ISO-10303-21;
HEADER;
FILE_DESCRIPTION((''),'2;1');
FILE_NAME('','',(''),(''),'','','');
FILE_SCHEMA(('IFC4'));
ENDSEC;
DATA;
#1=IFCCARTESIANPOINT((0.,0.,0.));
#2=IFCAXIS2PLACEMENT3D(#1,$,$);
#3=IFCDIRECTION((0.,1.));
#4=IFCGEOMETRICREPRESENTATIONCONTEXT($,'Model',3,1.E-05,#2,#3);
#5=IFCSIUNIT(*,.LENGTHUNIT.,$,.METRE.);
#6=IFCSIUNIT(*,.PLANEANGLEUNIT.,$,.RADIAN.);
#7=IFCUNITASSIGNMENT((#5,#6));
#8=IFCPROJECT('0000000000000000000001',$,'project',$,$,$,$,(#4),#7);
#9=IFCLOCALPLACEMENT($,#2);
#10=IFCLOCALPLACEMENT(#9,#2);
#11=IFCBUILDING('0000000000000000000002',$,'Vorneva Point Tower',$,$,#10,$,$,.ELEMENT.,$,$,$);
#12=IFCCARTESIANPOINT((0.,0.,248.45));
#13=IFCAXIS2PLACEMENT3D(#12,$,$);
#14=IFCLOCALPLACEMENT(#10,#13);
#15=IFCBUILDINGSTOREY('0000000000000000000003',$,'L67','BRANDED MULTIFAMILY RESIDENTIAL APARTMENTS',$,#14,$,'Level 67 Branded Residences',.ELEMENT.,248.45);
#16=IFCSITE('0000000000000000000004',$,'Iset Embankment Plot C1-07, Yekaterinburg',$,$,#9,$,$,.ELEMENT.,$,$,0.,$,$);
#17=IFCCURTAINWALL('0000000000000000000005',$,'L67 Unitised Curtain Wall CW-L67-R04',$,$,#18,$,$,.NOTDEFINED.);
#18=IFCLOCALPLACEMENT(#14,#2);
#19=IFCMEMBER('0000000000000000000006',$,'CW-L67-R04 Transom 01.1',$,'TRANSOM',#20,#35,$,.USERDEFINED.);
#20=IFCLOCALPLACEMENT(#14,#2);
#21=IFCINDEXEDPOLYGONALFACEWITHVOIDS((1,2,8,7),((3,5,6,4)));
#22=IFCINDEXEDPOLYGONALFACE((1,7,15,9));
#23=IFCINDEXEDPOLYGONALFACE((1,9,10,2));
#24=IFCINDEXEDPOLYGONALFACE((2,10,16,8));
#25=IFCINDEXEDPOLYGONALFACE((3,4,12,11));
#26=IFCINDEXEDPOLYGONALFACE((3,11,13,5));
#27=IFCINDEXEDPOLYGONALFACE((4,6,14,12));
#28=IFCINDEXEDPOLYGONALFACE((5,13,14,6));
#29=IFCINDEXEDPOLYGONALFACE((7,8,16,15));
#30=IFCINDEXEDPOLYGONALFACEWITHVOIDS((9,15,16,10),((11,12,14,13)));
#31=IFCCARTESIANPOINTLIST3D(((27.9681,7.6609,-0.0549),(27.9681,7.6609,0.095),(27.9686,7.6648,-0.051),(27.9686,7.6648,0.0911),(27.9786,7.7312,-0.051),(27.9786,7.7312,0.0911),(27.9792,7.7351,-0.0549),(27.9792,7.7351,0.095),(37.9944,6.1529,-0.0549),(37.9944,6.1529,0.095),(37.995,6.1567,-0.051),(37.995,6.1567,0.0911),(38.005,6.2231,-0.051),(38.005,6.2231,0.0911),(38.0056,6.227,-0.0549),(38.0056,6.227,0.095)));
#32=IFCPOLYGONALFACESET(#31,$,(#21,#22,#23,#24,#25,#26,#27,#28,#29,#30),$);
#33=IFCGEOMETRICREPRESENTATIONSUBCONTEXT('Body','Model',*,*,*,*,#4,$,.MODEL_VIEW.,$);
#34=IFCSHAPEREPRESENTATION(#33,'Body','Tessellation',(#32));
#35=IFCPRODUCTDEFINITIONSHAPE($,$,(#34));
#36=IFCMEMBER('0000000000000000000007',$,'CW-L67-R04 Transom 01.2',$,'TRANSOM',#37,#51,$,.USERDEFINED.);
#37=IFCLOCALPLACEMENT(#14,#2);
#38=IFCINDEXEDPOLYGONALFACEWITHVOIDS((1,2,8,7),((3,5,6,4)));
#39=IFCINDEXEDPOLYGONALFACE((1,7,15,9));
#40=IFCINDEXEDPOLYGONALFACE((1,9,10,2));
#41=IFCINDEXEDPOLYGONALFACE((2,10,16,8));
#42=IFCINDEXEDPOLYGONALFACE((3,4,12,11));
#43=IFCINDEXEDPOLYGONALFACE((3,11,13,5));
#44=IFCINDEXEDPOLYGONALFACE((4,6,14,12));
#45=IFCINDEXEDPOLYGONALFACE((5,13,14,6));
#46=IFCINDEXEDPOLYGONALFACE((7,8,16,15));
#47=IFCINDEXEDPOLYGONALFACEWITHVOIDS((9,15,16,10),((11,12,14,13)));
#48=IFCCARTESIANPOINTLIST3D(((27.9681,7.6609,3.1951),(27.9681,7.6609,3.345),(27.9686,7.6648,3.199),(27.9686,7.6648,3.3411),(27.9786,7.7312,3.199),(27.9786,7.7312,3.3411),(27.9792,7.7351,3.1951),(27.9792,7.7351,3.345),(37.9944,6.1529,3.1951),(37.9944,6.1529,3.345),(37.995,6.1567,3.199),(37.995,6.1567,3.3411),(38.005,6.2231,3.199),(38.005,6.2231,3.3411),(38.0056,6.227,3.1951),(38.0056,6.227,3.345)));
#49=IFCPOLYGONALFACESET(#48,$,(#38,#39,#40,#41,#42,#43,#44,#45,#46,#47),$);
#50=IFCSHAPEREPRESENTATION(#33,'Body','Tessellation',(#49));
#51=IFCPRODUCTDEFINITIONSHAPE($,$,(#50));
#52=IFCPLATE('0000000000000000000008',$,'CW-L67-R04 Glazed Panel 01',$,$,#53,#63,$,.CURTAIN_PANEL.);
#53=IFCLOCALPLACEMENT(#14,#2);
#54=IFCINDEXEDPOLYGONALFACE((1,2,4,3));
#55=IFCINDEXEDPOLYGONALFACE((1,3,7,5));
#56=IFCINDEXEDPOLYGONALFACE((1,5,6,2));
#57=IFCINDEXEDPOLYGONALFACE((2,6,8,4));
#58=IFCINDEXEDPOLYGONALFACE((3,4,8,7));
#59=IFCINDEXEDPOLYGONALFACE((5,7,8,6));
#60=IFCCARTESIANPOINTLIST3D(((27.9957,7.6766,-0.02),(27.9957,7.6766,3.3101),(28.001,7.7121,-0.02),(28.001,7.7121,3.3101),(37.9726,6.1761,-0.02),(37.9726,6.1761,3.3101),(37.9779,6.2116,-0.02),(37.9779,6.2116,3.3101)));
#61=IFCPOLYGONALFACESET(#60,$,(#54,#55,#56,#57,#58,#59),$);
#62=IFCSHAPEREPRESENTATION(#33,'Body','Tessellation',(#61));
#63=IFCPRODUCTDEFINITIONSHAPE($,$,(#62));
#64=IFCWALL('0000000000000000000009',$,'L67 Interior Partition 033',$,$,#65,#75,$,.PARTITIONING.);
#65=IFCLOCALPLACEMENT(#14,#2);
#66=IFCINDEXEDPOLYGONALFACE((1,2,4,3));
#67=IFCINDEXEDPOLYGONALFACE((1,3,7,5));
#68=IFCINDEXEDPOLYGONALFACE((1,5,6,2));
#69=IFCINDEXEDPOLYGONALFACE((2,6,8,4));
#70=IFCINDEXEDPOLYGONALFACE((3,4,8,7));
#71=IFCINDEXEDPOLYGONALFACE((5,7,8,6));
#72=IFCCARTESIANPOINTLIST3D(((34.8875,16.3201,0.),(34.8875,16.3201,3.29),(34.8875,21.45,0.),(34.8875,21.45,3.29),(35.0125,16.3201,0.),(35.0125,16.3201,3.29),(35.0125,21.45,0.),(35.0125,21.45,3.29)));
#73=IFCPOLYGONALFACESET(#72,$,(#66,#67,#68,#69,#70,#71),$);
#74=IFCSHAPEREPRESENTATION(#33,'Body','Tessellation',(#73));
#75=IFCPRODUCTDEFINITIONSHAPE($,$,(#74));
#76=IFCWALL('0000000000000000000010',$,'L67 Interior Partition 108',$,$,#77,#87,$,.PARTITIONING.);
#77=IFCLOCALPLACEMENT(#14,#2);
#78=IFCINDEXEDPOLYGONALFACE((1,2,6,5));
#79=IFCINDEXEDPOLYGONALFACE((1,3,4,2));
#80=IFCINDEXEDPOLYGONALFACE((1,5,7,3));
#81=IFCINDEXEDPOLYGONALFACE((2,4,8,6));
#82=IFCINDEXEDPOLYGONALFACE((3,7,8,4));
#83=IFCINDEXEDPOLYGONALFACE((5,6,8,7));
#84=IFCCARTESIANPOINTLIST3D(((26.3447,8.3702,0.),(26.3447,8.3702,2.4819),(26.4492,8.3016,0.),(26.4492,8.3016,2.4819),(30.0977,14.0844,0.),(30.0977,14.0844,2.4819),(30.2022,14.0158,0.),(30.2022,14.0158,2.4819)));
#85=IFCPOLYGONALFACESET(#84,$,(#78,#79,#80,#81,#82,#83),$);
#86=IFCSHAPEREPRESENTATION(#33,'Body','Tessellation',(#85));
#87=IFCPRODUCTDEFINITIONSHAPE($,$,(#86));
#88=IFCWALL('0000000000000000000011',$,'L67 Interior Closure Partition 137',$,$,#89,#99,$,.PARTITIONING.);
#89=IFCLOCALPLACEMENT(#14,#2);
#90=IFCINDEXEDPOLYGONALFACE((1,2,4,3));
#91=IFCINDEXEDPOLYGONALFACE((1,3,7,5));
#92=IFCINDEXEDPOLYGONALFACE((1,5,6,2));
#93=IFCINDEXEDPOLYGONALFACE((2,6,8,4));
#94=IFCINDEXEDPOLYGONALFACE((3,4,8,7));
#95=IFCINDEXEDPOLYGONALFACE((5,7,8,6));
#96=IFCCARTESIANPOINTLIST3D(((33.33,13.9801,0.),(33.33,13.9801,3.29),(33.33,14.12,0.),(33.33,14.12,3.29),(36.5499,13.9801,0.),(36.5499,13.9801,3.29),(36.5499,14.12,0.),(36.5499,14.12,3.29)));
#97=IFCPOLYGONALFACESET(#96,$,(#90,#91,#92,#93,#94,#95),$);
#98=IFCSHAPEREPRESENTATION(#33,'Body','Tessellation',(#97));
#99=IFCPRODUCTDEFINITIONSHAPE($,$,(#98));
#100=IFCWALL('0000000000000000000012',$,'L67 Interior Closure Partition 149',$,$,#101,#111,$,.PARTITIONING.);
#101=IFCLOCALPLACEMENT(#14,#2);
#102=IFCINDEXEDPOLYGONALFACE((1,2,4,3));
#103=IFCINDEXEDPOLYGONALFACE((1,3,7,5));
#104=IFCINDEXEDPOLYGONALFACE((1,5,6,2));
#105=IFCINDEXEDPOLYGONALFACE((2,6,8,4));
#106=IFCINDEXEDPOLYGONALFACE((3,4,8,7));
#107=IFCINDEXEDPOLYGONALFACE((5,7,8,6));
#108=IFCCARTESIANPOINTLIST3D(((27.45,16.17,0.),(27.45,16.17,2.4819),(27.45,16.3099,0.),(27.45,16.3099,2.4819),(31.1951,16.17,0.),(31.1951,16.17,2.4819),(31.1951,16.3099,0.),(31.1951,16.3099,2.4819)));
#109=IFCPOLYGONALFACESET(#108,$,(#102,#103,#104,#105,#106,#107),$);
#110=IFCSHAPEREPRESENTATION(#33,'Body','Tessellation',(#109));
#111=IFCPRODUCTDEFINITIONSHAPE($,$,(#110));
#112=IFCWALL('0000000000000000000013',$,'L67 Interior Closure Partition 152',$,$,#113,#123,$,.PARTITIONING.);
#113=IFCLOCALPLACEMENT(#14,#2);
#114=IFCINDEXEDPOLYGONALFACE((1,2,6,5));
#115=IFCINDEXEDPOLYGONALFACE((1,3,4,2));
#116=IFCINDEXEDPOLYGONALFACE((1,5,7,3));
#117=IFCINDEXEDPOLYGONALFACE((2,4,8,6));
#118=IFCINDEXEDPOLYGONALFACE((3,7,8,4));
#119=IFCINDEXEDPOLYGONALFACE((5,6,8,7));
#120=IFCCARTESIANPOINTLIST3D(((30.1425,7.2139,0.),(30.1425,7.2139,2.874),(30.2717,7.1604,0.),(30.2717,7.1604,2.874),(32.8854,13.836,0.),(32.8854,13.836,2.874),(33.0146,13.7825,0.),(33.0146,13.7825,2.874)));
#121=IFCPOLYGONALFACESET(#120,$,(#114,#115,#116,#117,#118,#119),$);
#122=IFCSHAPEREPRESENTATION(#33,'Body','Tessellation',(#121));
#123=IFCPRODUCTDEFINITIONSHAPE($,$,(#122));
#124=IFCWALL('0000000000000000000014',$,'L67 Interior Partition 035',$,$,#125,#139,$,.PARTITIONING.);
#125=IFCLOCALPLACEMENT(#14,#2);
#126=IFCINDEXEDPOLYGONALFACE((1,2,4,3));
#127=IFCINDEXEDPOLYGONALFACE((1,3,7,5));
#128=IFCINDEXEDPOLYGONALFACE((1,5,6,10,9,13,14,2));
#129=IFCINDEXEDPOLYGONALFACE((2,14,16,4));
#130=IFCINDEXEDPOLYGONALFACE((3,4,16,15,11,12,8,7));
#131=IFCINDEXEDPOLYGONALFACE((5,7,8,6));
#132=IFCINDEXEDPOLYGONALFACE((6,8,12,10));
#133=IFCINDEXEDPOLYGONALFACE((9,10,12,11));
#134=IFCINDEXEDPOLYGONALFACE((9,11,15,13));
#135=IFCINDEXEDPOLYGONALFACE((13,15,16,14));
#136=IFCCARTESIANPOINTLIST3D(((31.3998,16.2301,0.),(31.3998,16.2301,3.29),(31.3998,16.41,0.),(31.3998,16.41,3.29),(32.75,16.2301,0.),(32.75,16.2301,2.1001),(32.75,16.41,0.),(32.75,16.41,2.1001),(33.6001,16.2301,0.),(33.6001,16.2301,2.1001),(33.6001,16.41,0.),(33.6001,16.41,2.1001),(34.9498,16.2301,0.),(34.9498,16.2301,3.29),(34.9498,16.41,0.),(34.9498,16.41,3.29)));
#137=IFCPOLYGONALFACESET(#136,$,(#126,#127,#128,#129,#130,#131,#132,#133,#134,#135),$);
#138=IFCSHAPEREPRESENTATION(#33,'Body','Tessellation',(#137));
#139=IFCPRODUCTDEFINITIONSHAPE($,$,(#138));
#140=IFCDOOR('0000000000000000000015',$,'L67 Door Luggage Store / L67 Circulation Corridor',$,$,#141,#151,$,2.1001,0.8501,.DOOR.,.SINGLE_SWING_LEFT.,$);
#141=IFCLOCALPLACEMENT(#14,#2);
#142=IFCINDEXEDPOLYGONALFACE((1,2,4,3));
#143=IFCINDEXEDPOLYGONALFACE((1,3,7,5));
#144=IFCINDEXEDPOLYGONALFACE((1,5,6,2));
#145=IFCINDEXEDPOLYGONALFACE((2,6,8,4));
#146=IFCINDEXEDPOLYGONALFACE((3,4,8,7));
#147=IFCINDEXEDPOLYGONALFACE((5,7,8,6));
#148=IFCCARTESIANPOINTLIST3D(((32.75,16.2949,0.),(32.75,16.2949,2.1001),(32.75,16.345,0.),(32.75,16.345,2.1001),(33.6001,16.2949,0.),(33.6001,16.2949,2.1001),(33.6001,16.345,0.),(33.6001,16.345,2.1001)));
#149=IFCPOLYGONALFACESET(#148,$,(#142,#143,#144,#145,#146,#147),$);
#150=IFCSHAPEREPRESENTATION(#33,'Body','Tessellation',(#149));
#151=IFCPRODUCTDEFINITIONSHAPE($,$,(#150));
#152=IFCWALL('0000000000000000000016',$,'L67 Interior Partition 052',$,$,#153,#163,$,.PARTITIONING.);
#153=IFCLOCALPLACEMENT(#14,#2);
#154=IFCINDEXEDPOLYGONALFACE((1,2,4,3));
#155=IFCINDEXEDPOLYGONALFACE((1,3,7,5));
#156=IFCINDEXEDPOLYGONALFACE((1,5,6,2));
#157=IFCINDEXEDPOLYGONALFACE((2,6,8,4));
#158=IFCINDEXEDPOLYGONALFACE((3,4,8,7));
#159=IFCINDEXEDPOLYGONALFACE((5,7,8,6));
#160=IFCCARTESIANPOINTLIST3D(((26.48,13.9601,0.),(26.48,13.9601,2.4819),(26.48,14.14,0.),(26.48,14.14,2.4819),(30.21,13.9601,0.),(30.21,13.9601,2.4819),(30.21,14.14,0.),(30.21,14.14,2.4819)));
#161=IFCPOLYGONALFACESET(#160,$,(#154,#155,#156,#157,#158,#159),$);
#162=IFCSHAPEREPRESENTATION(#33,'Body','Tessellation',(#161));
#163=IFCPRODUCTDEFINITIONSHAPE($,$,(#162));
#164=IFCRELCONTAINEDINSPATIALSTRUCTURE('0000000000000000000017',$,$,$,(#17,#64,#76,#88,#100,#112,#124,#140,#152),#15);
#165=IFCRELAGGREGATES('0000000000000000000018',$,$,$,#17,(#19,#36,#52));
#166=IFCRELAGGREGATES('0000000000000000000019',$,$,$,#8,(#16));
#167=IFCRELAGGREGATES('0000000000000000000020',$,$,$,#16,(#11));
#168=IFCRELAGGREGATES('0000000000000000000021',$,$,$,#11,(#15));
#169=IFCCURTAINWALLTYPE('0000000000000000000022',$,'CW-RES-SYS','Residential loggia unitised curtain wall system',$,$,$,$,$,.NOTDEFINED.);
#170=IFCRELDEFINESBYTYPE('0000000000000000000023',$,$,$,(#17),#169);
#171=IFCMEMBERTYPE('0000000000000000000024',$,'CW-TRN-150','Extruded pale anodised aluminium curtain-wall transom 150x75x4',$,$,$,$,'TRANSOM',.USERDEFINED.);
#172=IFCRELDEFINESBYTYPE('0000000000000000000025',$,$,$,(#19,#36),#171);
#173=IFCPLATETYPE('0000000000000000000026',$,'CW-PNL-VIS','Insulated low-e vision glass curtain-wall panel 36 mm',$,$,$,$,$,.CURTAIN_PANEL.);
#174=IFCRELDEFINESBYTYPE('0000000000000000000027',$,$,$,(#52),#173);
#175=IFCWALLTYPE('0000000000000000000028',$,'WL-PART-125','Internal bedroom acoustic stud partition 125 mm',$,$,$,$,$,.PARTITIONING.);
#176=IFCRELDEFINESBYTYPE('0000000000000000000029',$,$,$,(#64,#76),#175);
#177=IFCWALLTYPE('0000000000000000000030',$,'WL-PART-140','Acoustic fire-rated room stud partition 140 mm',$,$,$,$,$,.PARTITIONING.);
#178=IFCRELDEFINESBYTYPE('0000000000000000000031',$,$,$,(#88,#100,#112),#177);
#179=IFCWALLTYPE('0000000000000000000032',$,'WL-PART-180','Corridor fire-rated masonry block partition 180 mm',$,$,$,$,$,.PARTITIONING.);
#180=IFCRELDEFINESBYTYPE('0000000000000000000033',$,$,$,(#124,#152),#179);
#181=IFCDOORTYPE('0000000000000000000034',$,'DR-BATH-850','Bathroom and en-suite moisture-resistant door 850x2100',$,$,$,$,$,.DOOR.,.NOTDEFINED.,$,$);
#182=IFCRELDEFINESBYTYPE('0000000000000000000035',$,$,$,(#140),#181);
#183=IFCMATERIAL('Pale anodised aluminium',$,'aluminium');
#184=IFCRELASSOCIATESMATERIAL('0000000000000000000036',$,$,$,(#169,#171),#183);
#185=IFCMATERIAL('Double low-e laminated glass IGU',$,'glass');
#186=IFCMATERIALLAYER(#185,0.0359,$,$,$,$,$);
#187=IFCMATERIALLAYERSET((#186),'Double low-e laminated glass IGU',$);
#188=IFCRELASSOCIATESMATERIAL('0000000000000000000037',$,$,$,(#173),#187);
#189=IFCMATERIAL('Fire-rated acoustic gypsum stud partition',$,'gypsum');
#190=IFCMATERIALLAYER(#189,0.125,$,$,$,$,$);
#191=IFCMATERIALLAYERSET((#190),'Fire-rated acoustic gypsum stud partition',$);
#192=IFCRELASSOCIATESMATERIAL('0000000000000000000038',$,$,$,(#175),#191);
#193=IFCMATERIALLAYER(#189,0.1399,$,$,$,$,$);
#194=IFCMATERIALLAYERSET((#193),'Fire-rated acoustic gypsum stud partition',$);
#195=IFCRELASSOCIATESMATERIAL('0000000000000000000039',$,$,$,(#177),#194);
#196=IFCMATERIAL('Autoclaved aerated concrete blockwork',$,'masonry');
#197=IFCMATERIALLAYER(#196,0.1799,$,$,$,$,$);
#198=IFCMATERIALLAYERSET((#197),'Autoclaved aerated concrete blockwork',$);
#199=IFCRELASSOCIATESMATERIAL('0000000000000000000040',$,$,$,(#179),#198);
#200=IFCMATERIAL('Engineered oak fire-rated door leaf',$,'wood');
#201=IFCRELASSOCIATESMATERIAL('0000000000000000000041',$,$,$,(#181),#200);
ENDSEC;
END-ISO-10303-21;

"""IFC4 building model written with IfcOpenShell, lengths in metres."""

from ifc_helpers import new_model, si_unit, direction, frame, frame_2d, origin, origin_2d, place, context, subcontext, project, spatial, rectangle, hollow_rectangle, extrude, material, layer, layer_set, material_profile, profile_set, type_object, element, fill, aggregate, save


model = new_model("IFC4")

# Units and contexts
model_context = context("Model", 3, precision=1e-05, world=origin(), true_north=direction((0.0, 1.0)))
body_context = subcontext(model_context, "Body", "Model", "MODEL_VIEW")
ifc_project = project(units=[si_unit("LENGTHUNIT", "METRE"), si_unit("PLANEANGLEUNIT", "RADIAN")], contexts=[model_context])

# Site, building, storey
site_placement = place(None, origin())
site = spatial("IfcSite", under=ifc_project, at=site_placement, Name="Iset Embankment Plot C1-07, Yekaterinburg", CompositionType="ELEMENT", RefElevation=0.0)
building_placement = place(site_placement, origin())
building = spatial("IfcBuilding", under=site, at=building_placement, Name="Vorneva Point Tower", CompositionType="ELEMENT")
storey_placement = place(building_placement, frame((0.0, 0.0, 248.45)))
storey = spatial("IfcBuildingStorey", under=building, at=storey_placement, Name="L67", Description="BRANDED MULTIFAMILY RESIDENTIAL APARTMENTS", LongName="Level 67 Branded Residences", CompositionType="ELEMENT", Elevation=248.45)

# Curtain wall, members, plate
ifc_material_1 = material(Name="Pale anodised aluminium", Category="aluminium")
curtain_wall_type = type_object("IfcCurtainWallType", Name="CW-RES-SYS", Description="Residential loggia unitised curtain wall system", PredefinedType="NOTDEFINED", material=ifc_material_1)
curtain_wall_placement = place(storey_placement, origin())
curtain_wall = element("IfcCurtainWall", 1, at=curtain_wall_placement, inside=storey, type_object=curtain_wall_type, Name="L67 Unitised Curtain Wall CW-L67-R04", PredefinedType="NOTDEFINED")
ifc_material_profile_1 = material_profile(ifc_material_1, hollow_rectangle(XDim=0.075, YDim=0.1499, WallThickness=0.0039, at=origin_2d()), Name="AL-TRN 150x75x4")
ifc_profile_set_1 = profile_set([ifc_material_profile_1], Name="Pale anodised aluminium")
member_type_1 = type_object("IfcMemberType", Name="CW-TRN-150", Description="Extruded pale anodised aluminium curtain-wall transom 150x75x4", ElementType="TRANSOM", PredefinedType="USERDEFINED", material=ifc_profile_set_1)
member_1_placement = place(storey_placement, frame((27.9736, 7.698, 0.02), z_axis=(0.988877, -0.148736, 0.0), x_axis=(0.148736, 0.988877, 0.0)))
member_1 = element("IfcMember", 2, at=member_1_placement, type_object=member_type_1, Name="CW-L67-R04 Transom 01.1", ObjectType="TRANSOM", PredefinedType="USERDEFINED", context=body_context, shape_type="SweptSolid", body=[
    extrude(hollow_rectangle(XDim=0.075, YDim=0.1499, WallThickness=0.0039, at=origin_2d()), origin(), (0.0, 0.0, 1.0), 10.1392),
])
member_2_placement = place(storey_placement, frame((27.9736, 7.698, 3.27), z_axis=(0.988877, -0.148736, 0.0), x_axis=(0.148736, 0.988877, 0.0)))
member_2 = element("IfcMember", 3, at=member_2_placement, type_object=member_type_1, Name="CW-L67-R04 Transom 01.2", ObjectType="TRANSOM", PredefinedType="USERDEFINED", context=body_context, shape_type="SweptSolid", body=[
    extrude(hollow_rectangle(XDim=0.075, YDim=0.1499, WallThickness=0.0039, at=origin_2d()), origin(), (0.0, 0.0, 1.0), 10.1392),
])
ifc_material_2 = material(Name="Double low-e laminated glass IGU", Category="glass")
ifc_layer_1 = layer(ifc_material_2, 0.0359)
ifc_layer_set_1 = layer_set([ifc_layer_1], Name="Double low-e laminated glass IGU")
plate_type = type_object("IfcPlateType", Name="CW-PNL-VIS", Description="Insulated low-e vision glass curtain-wall panel 36 mm", PredefinedType="CURTAIN_PANEL", material=ifc_layer_set_1)
plate_placement = place(storey_placement, frame((32.9868, 6.9441, -0.02), z_axis=(0.0, 0.0, 1.0), x_axis=(0.988879, -0.148724, 0.0)))
plate = element("IfcPlate", 4, at=plate_placement, type_object=plate_type, Name="CW-L67-R04 Glazed Panel 01", PredefinedType="CURTAIN_PANEL", context=body_context, shape_type="SweptSolid", body=[
    extrude(rectangle(XDim=10.0891, YDim=0.0359, at=origin_2d()), origin(), (0.0, 0.0, 1.0), 3.3301),
])
aggregate(curtain_wall, [member_1, member_2, plate])

# Walls
ifc_material_3 = material(Name="Fire-rated acoustic gypsum stud partition", Category="gypsum")
ifc_layer_2 = layer(ifc_material_3, 0.125)
ifc_layer_set_2 = layer_set([ifc_layer_2], Name="Fire-rated acoustic gypsum stud partition")
wall_type_1 = type_object("IfcWallType", Name="WL-PART-125", Description="Internal bedroom acoustic stud partition 125 mm", PredefinedType="PARTITIONING", material=ifc_layer_set_2)
wall_1_placement = place(storey_placement, frame((34.95, 16.3201, 0.0), z_axis=(0.0, 0.0, 1.0), x_axis=(0.0, 1.0, 0.0)))
element("IfcWall", 5, at=wall_1_placement, inside=storey, type_object=wall_type_1, Name="L67 Interior Partition 033", PredefinedType="PARTITIONING", context=body_context, shape_type="SweptSolid", body=[
    extrude(rectangle(XDim=5.1299, YDim=0.125, at=frame_2d((2.5649, 0.0))), origin(), (0.0, 0.0, 1.0), 3.29),
])
wall_2_placement = place(storey_placement, frame((26.397, 8.3359, 0.0), z_axis=(0.0, 0.0, 1.0), x_axis=(0.548968, 0.835844, 0.0)))
element("IfcWall", 6, at=wall_2_placement, inside=storey, type_object=wall_type_1, Name="L67 Interior Partition 108", PredefinedType="PARTITIONING", context=body_context, shape_type="SweptSolid", body=[
    extrude(rectangle(XDim=6.8364, YDim=0.125, at=frame_2d((3.4182, 0.0))), origin(), (0.0, 0.0, 1.0), 2.4819),
])
ifc_layer_3 = layer(ifc_material_3, 0.1399)
ifc_layer_set_3 = layer_set([ifc_layer_3], Name="Fire-rated acoustic gypsum stud partition")
wall_type_2 = type_object("IfcWallType", Name="WL-PART-140", Description="Acoustic fire-rated room stud partition 140 mm", PredefinedType="PARTITIONING", material=ifc_layer_set_3)
wall_3_placement = place(storey_placement, frame((33.3301, 14.05, 0.0), z_axis=(0.0, 0.0, 1.0), x_axis=(1.0, 0.0, 0.0)))
element("IfcWall", 7, at=wall_3_placement, inside=storey, type_object=wall_type_2, Name="L67 Interior Closure Partition 137", PredefinedType="PARTITIONING", context=body_context, shape_type="SweptSolid", body=[
    extrude(rectangle(XDim=3.22, YDim=0.1399, at=frame_2d((1.6099, 0.0))), origin(), (0.0, 0.0, 1.0), 3.29),
])
wall_4_placement = place(storey_placement, frame((27.45, 16.24, 0.0), z_axis=(0.0, 0.0, 1.0), x_axis=(1.0, 0.0, 0.0)))
element("IfcWall", 8, at=wall_4_placement, inside=storey, type_object=wall_type_2, Name="L67 Interior Closure Partition 149", PredefinedType="PARTITIONING", context=body_context, shape_type="SweptSolid", body=[
    extrude(rectangle(XDim=3.7451, YDim=0.1399, at=frame_2d((1.8726, 0.0))), origin(), (0.0, 0.0, 1.0), 2.4819),
])
wall_5_placement = place(storey_placement, frame((30.207, 7.187, 0.0), z_axis=(0.0, 0.0, 1.0), x_axis=(0.38268, 0.923881, 0.0)))
element("IfcWall", 9, at=wall_5_placement, inside=storey, type_object=wall_type_2, Name="L67 Interior Closure Partition 152", PredefinedType="PARTITIONING", context=body_context, shape_type="SweptSolid", body=[
    extrude(rectangle(XDim=7.1677, YDim=0.1399, at=frame_2d((3.584, 0.0))), origin(), (0.0, 0.0, 1.0), 2.874),
])

# Wall, opening, door
ifc_material_4 = material(Name="Autoclaved aerated concrete blockwork", Category="masonry")
ifc_layer_4 = layer(ifc_material_4, 0.1799)
ifc_layer_set_4 = layer_set([ifc_layer_4], Name="Autoclaved aerated concrete blockwork")
wall_type_3 = type_object("IfcWallType", Name="WL-PART-180", Description="Corridor fire-rated masonry block partition 180 mm", PredefinedType="PARTITIONING", material=ifc_layer_set_4)
wall_6_placement = place(storey_placement, frame((31.3999, 16.3201, 0.0), z_axis=(0.0, 0.0, 1.0), x_axis=(1.0, 0.0, 0.0)))
wall_6 = element("IfcWall", 10, at=wall_6_placement, inside=storey, type_object=wall_type_3, Name="L67 Interior Partition 035", PredefinedType="PARTITIONING", context=body_context, shape_type="SweptSolid", body=[
    extrude(rectangle(XDim=3.55, YDim=0.1799, at=frame_2d((1.7749, 0.0))), origin(), (0.0, 0.0, 1.0), 3.29),
])
opening_1_placement = place(wall_6_placement, frame((1.3501, 0.0, 0.0)))
opening_1 = element("IfcOpeningElement", 11, at=opening_1_placement, cuts=wall_6, PredefinedType="OPENING", context=body_context, shape_type="SweptSolid", body=[
    extrude(rectangle(XDim=0.8501, YDim=2.1001, at=frame_2d((0.425, 1.05))), frame((0.0, 0.105, 0.0), z_axis=(0.0, -1.0, 0.0), x_axis=(1.0, 0.0, 0.0)), (0.0, 0.0, 1.0), 0.2097),
])
ifc_material_5 = material(Name="Engineered oak fire-rated door leaf", Category="wood")
door_type_1 = type_object("IfcDoorType", Name="DR-BATH-850", Description="Bathroom and en-suite moisture-resistant door 850x2100", OperationType="NOTDEFINED", PredefinedType="DOOR", material=ifc_material_5)
door_1_placement = place(opening_1_placement, origin())
door_1 = element("IfcDoor", 12, at=door_1_placement, inside=storey, type_object=door_type_1, Name="L67 Door Luggage Store / L67 Circulation Corridor", OperationType="SINGLE_SWING_LEFT", OverallHeight=2.1001, OverallWidth=0.8501, PredefinedType="DOOR", context=body_context, shape_type="SweptSolid", body=[
    extrude(rectangle(XDim=0.8501, YDim=2.1001, at=frame_2d((0.425, 1.05))), frame((0.0, 0.0249, 0.0), z_axis=(0.0, -1.0, 0.0), x_axis=(1.0, 0.0, 0.0)), (0.0, 0.0, 1.0), 0.05),
])
fill(opening_1, door_1)

# Wall
wall_7_placement = place(storey_placement, frame((26.48, 14.05, 0.0), z_axis=(0.0, 0.0, 1.0), x_axis=(1.0, 0.0, 0.0)))
element("IfcWall", 13, at=wall_7_placement, inside=storey, type_object=wall_type_3, Name="L67 Interior Partition 052", PredefinedType="PARTITIONING", context=body_context, shape_type="SweptSolid", body=[
    extrude(rectangle(XDim=3.73, YDim=0.1799, at=frame_2d((1.865, 0.0))), origin(), (0.0, 0.0, 1.0), 2.4819),
])

save(model, "model.ifc")
